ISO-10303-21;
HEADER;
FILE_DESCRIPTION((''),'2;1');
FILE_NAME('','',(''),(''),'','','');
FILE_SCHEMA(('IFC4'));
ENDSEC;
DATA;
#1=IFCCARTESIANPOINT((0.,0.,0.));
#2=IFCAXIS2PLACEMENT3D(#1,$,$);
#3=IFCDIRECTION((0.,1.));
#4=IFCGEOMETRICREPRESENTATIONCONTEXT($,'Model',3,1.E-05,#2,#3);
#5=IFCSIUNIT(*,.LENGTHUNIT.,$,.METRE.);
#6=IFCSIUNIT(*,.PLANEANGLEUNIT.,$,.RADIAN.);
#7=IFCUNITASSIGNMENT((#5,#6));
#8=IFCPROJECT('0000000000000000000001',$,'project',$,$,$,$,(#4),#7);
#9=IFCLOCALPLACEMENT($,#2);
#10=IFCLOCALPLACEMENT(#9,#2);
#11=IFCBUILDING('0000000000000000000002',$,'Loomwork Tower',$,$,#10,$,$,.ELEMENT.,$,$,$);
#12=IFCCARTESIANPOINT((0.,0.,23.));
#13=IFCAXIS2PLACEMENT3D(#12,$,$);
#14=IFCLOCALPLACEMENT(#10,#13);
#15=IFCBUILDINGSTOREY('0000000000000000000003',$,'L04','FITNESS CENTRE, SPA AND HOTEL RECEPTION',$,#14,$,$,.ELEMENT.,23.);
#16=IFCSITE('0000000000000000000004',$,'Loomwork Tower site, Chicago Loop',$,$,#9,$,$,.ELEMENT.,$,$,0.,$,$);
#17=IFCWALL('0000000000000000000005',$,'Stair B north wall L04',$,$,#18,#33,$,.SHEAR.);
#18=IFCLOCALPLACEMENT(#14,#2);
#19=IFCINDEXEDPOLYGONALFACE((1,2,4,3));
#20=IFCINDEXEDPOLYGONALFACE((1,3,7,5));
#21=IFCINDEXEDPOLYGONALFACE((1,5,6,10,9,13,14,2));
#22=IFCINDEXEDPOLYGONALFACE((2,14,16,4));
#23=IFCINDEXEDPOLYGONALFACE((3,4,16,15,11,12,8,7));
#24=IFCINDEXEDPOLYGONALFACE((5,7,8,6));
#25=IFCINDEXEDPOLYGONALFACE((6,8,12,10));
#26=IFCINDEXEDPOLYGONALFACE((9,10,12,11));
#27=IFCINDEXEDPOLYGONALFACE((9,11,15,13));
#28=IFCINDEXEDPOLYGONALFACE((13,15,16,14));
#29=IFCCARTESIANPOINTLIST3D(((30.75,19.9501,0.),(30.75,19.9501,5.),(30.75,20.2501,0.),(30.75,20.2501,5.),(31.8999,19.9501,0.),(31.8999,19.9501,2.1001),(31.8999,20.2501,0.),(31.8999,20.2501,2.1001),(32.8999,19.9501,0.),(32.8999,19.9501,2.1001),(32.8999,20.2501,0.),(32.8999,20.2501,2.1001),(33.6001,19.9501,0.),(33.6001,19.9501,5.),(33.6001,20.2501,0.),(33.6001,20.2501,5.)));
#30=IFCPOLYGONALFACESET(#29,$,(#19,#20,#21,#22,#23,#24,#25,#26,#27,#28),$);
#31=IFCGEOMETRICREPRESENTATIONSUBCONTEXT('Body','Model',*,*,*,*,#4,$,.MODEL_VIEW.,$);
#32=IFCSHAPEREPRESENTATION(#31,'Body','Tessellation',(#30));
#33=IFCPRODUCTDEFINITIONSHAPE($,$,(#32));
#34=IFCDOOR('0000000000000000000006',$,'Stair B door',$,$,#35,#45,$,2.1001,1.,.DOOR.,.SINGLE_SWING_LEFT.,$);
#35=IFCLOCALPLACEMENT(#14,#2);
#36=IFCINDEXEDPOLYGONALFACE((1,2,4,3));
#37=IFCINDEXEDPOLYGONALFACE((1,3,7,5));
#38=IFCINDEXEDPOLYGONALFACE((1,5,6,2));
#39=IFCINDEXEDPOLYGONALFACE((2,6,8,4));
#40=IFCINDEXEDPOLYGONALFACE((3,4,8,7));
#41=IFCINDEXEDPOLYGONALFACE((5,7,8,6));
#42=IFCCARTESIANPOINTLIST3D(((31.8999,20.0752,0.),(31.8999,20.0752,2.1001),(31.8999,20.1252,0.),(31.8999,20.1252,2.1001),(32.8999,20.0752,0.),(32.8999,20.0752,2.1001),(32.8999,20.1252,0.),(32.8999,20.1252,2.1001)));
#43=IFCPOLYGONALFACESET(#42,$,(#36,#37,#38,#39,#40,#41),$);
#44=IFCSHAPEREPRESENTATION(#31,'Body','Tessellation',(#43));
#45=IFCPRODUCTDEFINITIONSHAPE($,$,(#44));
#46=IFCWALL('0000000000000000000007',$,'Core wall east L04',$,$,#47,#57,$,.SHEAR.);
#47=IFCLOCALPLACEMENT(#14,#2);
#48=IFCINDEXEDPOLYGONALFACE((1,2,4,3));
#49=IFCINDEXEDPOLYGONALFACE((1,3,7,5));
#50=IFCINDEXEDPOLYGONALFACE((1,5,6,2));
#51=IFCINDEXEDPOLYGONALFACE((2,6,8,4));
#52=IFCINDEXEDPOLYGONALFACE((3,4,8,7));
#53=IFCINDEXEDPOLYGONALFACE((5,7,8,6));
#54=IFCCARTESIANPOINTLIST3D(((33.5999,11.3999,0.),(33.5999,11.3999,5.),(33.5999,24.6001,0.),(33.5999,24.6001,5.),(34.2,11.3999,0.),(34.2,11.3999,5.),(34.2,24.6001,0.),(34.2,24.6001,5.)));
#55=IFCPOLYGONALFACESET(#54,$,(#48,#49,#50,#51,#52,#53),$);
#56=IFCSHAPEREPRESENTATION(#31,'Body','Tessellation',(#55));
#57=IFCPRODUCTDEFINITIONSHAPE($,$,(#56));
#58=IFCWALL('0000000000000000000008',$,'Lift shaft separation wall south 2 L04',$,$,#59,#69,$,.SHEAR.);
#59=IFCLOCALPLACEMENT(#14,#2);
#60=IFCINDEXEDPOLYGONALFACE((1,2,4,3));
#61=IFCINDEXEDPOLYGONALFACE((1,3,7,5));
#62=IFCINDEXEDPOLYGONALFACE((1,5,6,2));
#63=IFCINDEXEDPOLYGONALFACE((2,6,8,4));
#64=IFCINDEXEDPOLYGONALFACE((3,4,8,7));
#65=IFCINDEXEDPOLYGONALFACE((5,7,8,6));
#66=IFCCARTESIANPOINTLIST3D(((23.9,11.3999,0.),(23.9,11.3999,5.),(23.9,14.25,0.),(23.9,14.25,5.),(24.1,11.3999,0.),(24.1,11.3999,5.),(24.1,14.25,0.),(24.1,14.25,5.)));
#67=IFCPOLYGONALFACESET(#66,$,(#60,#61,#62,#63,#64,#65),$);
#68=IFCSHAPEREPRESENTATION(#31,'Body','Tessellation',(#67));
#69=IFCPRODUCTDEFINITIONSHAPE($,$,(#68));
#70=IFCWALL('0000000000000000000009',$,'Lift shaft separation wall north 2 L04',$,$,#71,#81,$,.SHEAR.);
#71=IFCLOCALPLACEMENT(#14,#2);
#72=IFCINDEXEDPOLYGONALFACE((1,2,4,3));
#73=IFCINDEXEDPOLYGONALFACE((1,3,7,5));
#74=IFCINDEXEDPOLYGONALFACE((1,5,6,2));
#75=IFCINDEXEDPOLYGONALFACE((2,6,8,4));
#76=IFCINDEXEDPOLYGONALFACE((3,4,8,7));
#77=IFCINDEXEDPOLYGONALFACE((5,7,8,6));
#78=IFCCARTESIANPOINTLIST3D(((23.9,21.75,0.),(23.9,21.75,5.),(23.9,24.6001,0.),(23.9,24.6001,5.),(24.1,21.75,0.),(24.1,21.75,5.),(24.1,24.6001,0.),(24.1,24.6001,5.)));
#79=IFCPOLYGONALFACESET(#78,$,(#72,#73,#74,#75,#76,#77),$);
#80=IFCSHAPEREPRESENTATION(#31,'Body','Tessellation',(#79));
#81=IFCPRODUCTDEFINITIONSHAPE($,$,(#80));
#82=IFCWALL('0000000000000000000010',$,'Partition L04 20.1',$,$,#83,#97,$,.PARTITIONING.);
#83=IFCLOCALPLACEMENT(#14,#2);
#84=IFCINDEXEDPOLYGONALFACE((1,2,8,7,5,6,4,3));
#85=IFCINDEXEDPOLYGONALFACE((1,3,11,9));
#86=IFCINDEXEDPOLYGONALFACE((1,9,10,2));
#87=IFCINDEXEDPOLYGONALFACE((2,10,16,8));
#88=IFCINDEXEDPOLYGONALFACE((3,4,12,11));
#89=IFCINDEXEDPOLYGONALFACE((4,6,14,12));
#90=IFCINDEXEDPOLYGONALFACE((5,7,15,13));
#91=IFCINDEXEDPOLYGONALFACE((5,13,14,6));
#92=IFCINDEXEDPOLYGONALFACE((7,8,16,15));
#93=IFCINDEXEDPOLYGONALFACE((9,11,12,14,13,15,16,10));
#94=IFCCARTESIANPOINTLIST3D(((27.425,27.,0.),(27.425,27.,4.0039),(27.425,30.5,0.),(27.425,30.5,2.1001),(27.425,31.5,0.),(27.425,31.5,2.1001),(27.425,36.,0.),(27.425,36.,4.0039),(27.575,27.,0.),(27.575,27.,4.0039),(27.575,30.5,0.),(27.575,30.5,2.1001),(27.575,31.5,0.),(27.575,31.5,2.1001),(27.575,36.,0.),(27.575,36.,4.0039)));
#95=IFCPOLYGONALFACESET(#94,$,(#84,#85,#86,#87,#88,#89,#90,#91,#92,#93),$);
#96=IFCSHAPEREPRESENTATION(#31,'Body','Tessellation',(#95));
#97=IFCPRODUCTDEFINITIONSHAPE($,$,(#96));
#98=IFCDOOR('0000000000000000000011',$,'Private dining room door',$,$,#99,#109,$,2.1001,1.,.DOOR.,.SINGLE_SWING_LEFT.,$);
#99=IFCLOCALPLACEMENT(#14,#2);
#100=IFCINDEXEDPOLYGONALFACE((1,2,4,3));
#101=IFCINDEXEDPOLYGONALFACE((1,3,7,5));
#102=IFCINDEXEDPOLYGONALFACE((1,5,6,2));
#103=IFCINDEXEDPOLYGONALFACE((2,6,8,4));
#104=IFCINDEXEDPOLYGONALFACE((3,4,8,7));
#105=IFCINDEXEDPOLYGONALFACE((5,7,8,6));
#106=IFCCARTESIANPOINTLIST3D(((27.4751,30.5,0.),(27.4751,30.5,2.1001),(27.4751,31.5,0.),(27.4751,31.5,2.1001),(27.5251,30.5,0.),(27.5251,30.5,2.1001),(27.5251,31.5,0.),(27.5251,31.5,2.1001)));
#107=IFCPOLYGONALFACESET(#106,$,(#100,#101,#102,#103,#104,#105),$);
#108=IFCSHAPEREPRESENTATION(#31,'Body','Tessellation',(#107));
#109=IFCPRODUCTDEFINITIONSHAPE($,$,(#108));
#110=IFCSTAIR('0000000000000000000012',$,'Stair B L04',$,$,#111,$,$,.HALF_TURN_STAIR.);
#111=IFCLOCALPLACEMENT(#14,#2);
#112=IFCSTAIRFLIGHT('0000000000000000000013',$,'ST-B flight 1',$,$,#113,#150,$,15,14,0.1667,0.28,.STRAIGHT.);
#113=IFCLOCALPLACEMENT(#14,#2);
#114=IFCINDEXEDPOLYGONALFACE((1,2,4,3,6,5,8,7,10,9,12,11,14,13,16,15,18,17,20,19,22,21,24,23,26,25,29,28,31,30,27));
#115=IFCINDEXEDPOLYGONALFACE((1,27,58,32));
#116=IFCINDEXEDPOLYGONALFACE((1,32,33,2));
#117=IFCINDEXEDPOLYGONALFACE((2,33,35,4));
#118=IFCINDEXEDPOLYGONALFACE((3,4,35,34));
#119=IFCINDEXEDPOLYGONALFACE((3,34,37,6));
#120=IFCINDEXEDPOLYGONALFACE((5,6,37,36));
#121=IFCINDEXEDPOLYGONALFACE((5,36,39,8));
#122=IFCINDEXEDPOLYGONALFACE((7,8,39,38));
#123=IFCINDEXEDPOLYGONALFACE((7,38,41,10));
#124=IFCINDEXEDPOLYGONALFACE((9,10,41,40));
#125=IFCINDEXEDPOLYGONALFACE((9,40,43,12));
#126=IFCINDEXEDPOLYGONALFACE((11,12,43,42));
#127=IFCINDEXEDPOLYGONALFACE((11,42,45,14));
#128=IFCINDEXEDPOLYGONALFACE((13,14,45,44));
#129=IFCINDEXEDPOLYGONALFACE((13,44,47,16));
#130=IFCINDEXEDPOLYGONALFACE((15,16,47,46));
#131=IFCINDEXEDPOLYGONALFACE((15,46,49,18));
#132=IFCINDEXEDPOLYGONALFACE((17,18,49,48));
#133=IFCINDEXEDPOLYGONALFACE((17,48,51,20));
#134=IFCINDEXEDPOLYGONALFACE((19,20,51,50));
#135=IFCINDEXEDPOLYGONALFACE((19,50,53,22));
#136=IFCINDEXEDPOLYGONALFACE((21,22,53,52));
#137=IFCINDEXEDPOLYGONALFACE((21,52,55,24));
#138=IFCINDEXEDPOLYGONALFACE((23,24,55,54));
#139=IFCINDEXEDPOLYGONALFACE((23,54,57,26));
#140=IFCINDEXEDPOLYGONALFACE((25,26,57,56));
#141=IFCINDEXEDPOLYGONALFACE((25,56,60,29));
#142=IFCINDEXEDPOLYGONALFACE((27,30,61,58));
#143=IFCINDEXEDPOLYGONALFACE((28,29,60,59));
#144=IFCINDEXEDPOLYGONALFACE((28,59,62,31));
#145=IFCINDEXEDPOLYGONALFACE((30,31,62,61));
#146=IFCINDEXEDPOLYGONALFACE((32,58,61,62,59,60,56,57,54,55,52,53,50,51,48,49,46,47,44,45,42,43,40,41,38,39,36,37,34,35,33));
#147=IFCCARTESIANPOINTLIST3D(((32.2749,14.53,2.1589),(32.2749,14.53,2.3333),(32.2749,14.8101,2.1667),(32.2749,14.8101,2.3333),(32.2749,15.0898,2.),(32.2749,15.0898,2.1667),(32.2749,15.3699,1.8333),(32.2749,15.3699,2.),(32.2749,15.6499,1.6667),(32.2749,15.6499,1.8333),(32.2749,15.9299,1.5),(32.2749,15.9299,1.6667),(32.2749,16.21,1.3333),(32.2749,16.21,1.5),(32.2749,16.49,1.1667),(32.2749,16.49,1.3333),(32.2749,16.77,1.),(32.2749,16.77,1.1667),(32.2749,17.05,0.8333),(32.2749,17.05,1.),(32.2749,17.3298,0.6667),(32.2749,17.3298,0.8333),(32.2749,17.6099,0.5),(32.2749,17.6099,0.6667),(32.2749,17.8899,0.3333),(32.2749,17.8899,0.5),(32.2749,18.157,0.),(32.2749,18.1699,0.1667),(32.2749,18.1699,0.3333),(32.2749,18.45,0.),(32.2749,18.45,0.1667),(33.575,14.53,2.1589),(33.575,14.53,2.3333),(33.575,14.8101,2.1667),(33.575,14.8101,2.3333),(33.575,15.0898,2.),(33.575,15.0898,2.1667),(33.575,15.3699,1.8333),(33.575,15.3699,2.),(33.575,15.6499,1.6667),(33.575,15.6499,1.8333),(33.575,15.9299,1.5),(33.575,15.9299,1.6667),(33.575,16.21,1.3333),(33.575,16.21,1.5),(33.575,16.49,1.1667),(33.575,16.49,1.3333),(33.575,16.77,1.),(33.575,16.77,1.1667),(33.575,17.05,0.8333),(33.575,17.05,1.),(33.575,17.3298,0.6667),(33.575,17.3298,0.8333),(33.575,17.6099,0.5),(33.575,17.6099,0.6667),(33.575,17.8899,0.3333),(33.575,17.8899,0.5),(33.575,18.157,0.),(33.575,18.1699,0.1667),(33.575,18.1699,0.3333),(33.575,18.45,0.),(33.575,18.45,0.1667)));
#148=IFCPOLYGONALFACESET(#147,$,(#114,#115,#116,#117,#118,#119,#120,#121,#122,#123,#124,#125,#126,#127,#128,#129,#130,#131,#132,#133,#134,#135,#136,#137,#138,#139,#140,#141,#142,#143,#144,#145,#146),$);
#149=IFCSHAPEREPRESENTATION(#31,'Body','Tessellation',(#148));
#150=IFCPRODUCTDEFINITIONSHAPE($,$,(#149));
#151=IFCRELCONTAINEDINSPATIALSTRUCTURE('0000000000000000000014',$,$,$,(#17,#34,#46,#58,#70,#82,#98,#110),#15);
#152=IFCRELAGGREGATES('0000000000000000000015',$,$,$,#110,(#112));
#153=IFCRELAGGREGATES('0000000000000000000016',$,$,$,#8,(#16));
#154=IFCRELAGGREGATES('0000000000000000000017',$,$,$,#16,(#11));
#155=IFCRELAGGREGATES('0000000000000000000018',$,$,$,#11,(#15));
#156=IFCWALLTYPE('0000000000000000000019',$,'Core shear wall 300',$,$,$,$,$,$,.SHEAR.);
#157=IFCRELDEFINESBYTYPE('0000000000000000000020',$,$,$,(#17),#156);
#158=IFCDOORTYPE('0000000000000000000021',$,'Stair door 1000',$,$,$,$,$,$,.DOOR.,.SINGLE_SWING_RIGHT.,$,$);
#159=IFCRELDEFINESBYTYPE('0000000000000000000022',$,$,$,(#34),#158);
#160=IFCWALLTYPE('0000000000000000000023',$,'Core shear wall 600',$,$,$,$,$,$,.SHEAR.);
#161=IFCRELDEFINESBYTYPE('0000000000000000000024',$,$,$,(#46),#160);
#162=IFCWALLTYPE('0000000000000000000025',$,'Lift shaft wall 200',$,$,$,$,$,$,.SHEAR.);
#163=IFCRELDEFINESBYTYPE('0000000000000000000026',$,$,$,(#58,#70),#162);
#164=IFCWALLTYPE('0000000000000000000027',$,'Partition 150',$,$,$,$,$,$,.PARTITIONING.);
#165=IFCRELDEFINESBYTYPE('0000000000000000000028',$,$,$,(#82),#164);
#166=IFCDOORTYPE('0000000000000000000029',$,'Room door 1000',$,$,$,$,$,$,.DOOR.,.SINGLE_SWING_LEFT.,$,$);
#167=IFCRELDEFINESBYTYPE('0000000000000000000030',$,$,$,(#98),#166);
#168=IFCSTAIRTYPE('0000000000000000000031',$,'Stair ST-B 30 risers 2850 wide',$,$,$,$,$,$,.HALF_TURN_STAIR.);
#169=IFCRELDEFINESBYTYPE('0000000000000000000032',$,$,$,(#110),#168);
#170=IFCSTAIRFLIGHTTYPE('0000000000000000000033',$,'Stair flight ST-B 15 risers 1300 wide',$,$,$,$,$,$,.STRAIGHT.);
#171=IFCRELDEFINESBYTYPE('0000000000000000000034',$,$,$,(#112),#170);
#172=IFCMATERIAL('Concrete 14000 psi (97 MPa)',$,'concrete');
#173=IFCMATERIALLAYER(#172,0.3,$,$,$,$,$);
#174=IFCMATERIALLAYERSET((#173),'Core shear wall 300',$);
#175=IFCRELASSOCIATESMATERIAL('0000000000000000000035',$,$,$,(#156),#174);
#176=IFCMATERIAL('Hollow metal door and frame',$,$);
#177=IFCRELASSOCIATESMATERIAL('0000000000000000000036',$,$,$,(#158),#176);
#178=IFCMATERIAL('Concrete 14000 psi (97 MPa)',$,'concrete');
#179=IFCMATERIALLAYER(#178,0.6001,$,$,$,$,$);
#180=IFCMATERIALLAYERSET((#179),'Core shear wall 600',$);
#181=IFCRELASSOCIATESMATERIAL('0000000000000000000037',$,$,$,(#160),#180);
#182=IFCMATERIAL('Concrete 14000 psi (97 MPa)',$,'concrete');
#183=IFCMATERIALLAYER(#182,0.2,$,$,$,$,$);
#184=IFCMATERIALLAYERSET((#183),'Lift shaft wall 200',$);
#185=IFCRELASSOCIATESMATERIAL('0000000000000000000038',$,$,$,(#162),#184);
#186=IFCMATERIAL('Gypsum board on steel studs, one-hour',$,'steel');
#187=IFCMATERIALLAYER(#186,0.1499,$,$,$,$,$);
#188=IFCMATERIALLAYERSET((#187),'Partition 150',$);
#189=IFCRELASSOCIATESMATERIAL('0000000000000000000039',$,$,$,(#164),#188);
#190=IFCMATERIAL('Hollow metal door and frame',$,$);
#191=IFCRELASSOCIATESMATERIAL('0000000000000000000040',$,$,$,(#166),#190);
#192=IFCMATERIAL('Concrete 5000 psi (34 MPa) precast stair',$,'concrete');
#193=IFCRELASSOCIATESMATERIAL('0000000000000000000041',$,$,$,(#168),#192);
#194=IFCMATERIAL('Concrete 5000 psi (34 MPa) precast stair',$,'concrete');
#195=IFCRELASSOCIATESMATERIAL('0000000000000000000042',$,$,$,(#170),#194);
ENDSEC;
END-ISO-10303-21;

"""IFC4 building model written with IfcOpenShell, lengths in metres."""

from ifc_helpers import new_model, si_unit, direction, frame, frame_2d, origin, place, context, subcontext, project, spatial, polyline, rectangle, outline, extrude, material, layer, layer_set, type_object, element, fill, aggregate, save


model = new_model("IFC4")

# Units and contexts
model_context = context("Model", 3, precision=1e-05, world=origin(), true_north=direction((0.0, 1.0)))
body_context = subcontext(model_context, "Body", "Model", "MODEL_VIEW")
ifc_project = project(units=[si_unit("LENGTHUNIT", "METRE"), si_unit("PLANEANGLEUNIT", "RADIAN")], contexts=[model_context])

# Site, building, storey
site_placement = place(None, origin())
site = spatial("IfcSite", under=ifc_project, at=site_placement, Name="Loomwork Tower site, Chicago Loop", CompositionType="ELEMENT", RefElevation=0.0)
building_placement = place(site_placement, origin())
building = spatial("IfcBuilding", under=site, at=building_placement, Name="Loomwork Tower", CompositionType="ELEMENT")
storey_placement = place(building_placement, frame((0.0, 0.0, 23.0)))
storey = spatial("IfcBuildingStorey", under=building, at=storey_placement, Name="L04", Description="FITNESS CENTRE, SPA AND HOTEL RECEPTION", CompositionType="ELEMENT", Elevation=23.0)

# Shared definitions
ifc_material_1 = material(Name="Concrete 14000 psi (97 MPa)", Category="concrete")
ifc_layer_1 = layer(ifc_material_1, 0.3)
ifc_layer_set_1 = layer_set([ifc_layer_1], Name="Core shear wall 300")
wall_type_1 = type_object("IfcWallType", Name="Core shear wall 300", PredefinedType="SHEAR", material=ifc_layer_set_1)

# Wall, opening, door
wall_1_placement = place(storey_placement, frame((30.75, 20.1001, 0.0), z_axis=(0.0, 0.0, 1.0), x_axis=(1.0, 0.0, 0.0)))
wall_1 = element("IfcWall", 1, at=wall_1_placement, inside=storey, type_object=wall_type_1, Name="Stair B north wall L04", PredefinedType="SHEAR", context=body_context, shape_type="SweptSolid", body=[
    extrude(rectangle(XDim=2.8501, YDim=0.3, at=frame_2d((1.425, 0.0))), origin(), (0.0, 0.0, 1.0), 5.0),
])
opening_1_placement = place(wall_1_placement, frame((1.1499, 0.0, 0.0)))
opening_1 = element("IfcOpeningElement", 2, at=opening_1_placement, cuts=wall_1, PredefinedType="OPENING", context=body_context, shape_type="SweptSolid", body=[
    extrude(rectangle(XDim=1.0, YDim=2.1001, at=frame_2d((0.5, 1.05))), frame((0.0, 0.1599, 0.0), z_axis=(0.0, -1.0, 0.0), x_axis=(1.0, 0.0, 0.0)), (0.0, 0.0, 1.0), 0.3201),
])
ifc_material_2 = material(Name="Hollow metal door and frame")
door_type_1 = type_object("IfcDoorType", Name="Stair door 1000", OperationType="SINGLE_SWING_RIGHT", PredefinedType="DOOR", material=ifc_material_2)
door_1_placement = place(opening_1_placement, frame((1.0, 0.0, 0.0), z_axis=(0.0, 0.0, 1.0), x_axis=(-1.0, 0.0, 0.0)))
door_1 = element("IfcDoor", 3, at=door_1_placement, inside=storey, type_object=door_type_1, Name="Stair B door", OperationType="SINGLE_SWING_LEFT", OverallHeight=2.1001, OverallWidth=1.0, PredefinedType="DOOR", context=body_context, shape_type="SweptSolid", body=[
    extrude(rectangle(XDim=1.0, YDim=2.1001, at=frame_2d((0.5, 1.05))), frame((0.0, 0.0249, 0.0), z_axis=(0.0, -1.0, 0.0), x_axis=(1.0, 0.0, 0.0)), (0.0, 0.0, 1.0), 0.05),
])
fill(opening_1, door_1)

# Walls
ifc_material_3 = material(Name="Concrete 14000 psi (97 MPa)", Category="concrete")
ifc_layer_2 = layer(ifc_material_3, 0.6001)
ifc_layer_set_2 = layer_set([ifc_layer_2], Name="Core shear wall 600")
wall_type_2 = type_object("IfcWallType", Name="Core shear wall 600", PredefinedType="SHEAR", material=ifc_layer_set_2)
wall_2_placement = place(storey_placement, frame((33.8999, 11.3999, 0.0), z_axis=(0.0, 0.0, 1.0), x_axis=(0.0, 1.0, 0.0)))
element("IfcWall", 4, at=wall_2_placement, inside=storey, type_object=wall_type_2, Name="Core wall east L04", PredefinedType="SHEAR", context=body_context, shape_type="SweptSolid", body=[
    extrude(rectangle(XDim=13.2002, YDim=0.6001, at=frame_2d((6.6001, 0.0))), origin(), (0.0, 0.0, 1.0), 5.0),
])
ifc_material_4 = material(Name="Concrete 14000 psi (97 MPa)", Category="concrete")
ifc_layer_3 = layer(ifc_material_4, 0.2)
ifc_layer_set_3 = layer_set([ifc_layer_3], Name="Lift shaft wall 200")
wall_type_3 = type_object("IfcWallType", Name="Lift shaft wall 200", PredefinedType="SHEAR", material=ifc_layer_set_3)
for number, where, z_axis, x_axis, name in (
    (5, (24.0, 11.3999, 0.0), (0.0, 0.0, 1.0), (0.0, 1.0, 0.0), "Lift shaft separation wall south 2 L04"),
    (6, (24.0, 21.75, 0.0), (0.0, 0.0, 1.0), (0.0, 1.0, 0.0), "Lift shaft separation wall north 2 L04"),
):
    element("IfcWall", number, at=place(storey_placement, frame(where, z_axis=z_axis, x_axis=x_axis)), inside=storey, type_object=wall_type_3, Name=name, PredefinedType="SHEAR", context=body_context, shape_type="SweptSolid", body=[
        extrude(rectangle(XDim=2.8501, YDim=0.2, at=frame_2d((1.425, 0.0))), origin(), (0.0, 0.0, 1.0), 5.0),
    ])

# Wall, opening, door
ifc_material_5 = material(Name="Gypsum board on steel studs, one-hour", Category="steel")
ifc_layer_4 = layer(ifc_material_5, 0.1499)
ifc_layer_set_4 = layer_set([ifc_layer_4], Name="Partition 150")
wall_type_4 = type_object("IfcWallType", Name="Partition 150", PredefinedType="PARTITIONING", material=ifc_layer_set_4)
wall_3_placement = place(storey_placement, frame((27.5, 27.0, 0.0), z_axis=(0.0, 0.0, 1.0), x_axis=(0.0, 1.0, 0.0)))
wall_3 = element("IfcWall", 7, at=wall_3_placement, inside=storey, type_object=wall_type_4, Name="Partition L04 20.1", PredefinedType="PARTITIONING", context=body_context, shape_type="SweptSolid", body=[
    extrude(rectangle(XDim=9.0, YDim=0.1499, at=frame_2d((4.5, 0.0))), origin(), (0.0, 0.0, 1.0), 4.0039),
])
opening_2_placement = place(wall_3_placement, frame((3.5, 0.0, 0.0)))
opening_2 = element("IfcOpeningElement", 8, at=opening_2_placement, cuts=wall_3, PredefinedType="OPENING", context=body_context, shape_type="SweptSolid", body=[
    extrude(rectangle(XDim=1.0, YDim=2.1001, at=frame_2d((0.5, 1.05))), frame((0.0, 0.085, 0.0), z_axis=(0.0, -1.0, 0.0), x_axis=(1.0, 0.0, 0.0)), (0.0, 0.0, 1.0), 0.1699),
])
ifc_material_6 = material(Name="Hollow metal door and frame")
door_type_2 = type_object("IfcDoorType", Name="Room door 1000", OperationType="SINGLE_SWING_LEFT", PredefinedType="DOOR", material=ifc_material_6)
door_2_placement = place(opening_2_placement, origin())
door_2 = element("IfcDoor", 9, at=door_2_placement, inside=storey, type_object=door_type_2, Name="Private dining room door", OperationType="SINGLE_SWING_LEFT", OverallHeight=2.1001, OverallWidth=1.0, PredefinedType="DOOR", context=body_context, shape_type="SweptSolid", body=[
    extrude(rectangle(XDim=1.0, YDim=2.1001, at=frame_2d((0.5, 1.05))), frame((0.0, 0.0249, 0.0), z_axis=(0.0, -1.0, 0.0), x_axis=(1.0, 0.0, 0.0)), (0.0, 0.0, 1.0), 0.05),
])
fill(opening_2, door_2)

# Stair, stair flight
ifc_material_7 = material(Name="Concrete 5000 psi (34 MPa) precast stair", Category="concrete")
stair_type = type_object("IfcStairType", Name="Stair ST-B 30 risers 2850 wide", PredefinedType="HALF_TURN_STAIR", material=ifc_material_7)
stair_placement = place(storey_placement, origin())
stair = element("IfcStair", 10, at=stair_placement, inside=storey, type_object=stair_type, Name="Stair B L04", PredefinedType="HALF_TURN_STAIR")
ifc_material_8 = material(Name="Concrete 5000 psi (34 MPa) precast stair", Category="concrete")
stair_flight_type = type_object("IfcStairFlightType", Name="Stair flight ST-B 15 risers 1300 wide", PredefinedType="STRAIGHT", material=ifc_material_8)
stair_flight_1_placement = place(storey_placement, frame((32.925, 18.45, 0.0), z_axis=(0.0, 0.0, 1.0), x_axis=(0.0, -1.0, 0.0)))
stair_flight_1 = element("IfcStairFlight", 11, at=stair_flight_1_placement, type_object=stair_flight_type, Name="ST-B flight 1", NumberOfRisers=15, NumberOfTreads=14, PredefinedType="STRAIGHT", RiserHeight=0.1667, TreadLength=0.28, context=body_context, shape_type="SweptSolid", body=[
    extrude(outline(polyline([(0.0, 0.0), (0.0, 0.1667), (0.28, 0.1667), (0.28, 0.3333), (0.5601, 0.3333), (0.5601, 0.5), (0.8401, 0.5), (0.8401, 0.6667), (1.1201, 0.6667), (1.1201, 0.8333), (1.3999, 0.8333), (1.3999, 1.0), (1.6799, 1.0), (1.6799, 1.1667), (1.96, 1.1667), (1.96, 1.3333), (2.24, 1.3333), (2.24, 1.5), (2.52, 1.5), (2.52, 1.6667), (2.8, 1.6667), (2.8, 1.8333), (3.0801, 1.8333), (3.0801, 2.0), (3.3601, 2.0), (3.3601, 2.1667), (3.6399, 2.1667), (3.6399, 2.3333), (3.9199, 2.3333), (3.9199, 2.5), (3.9199, 2.1589), (0.293, 0.0), (0.0, 0.0)])), frame((0.0, 0.6499, 0.0), z_axis=(0.0, -1.0, 0.0), x_axis=(1.0, 0.0, 0.0)), (0.0, 0.0, 1.0), 1.3),
])
aggregate(stair, [stair_flight_1])

save(model, "model.ifc")
